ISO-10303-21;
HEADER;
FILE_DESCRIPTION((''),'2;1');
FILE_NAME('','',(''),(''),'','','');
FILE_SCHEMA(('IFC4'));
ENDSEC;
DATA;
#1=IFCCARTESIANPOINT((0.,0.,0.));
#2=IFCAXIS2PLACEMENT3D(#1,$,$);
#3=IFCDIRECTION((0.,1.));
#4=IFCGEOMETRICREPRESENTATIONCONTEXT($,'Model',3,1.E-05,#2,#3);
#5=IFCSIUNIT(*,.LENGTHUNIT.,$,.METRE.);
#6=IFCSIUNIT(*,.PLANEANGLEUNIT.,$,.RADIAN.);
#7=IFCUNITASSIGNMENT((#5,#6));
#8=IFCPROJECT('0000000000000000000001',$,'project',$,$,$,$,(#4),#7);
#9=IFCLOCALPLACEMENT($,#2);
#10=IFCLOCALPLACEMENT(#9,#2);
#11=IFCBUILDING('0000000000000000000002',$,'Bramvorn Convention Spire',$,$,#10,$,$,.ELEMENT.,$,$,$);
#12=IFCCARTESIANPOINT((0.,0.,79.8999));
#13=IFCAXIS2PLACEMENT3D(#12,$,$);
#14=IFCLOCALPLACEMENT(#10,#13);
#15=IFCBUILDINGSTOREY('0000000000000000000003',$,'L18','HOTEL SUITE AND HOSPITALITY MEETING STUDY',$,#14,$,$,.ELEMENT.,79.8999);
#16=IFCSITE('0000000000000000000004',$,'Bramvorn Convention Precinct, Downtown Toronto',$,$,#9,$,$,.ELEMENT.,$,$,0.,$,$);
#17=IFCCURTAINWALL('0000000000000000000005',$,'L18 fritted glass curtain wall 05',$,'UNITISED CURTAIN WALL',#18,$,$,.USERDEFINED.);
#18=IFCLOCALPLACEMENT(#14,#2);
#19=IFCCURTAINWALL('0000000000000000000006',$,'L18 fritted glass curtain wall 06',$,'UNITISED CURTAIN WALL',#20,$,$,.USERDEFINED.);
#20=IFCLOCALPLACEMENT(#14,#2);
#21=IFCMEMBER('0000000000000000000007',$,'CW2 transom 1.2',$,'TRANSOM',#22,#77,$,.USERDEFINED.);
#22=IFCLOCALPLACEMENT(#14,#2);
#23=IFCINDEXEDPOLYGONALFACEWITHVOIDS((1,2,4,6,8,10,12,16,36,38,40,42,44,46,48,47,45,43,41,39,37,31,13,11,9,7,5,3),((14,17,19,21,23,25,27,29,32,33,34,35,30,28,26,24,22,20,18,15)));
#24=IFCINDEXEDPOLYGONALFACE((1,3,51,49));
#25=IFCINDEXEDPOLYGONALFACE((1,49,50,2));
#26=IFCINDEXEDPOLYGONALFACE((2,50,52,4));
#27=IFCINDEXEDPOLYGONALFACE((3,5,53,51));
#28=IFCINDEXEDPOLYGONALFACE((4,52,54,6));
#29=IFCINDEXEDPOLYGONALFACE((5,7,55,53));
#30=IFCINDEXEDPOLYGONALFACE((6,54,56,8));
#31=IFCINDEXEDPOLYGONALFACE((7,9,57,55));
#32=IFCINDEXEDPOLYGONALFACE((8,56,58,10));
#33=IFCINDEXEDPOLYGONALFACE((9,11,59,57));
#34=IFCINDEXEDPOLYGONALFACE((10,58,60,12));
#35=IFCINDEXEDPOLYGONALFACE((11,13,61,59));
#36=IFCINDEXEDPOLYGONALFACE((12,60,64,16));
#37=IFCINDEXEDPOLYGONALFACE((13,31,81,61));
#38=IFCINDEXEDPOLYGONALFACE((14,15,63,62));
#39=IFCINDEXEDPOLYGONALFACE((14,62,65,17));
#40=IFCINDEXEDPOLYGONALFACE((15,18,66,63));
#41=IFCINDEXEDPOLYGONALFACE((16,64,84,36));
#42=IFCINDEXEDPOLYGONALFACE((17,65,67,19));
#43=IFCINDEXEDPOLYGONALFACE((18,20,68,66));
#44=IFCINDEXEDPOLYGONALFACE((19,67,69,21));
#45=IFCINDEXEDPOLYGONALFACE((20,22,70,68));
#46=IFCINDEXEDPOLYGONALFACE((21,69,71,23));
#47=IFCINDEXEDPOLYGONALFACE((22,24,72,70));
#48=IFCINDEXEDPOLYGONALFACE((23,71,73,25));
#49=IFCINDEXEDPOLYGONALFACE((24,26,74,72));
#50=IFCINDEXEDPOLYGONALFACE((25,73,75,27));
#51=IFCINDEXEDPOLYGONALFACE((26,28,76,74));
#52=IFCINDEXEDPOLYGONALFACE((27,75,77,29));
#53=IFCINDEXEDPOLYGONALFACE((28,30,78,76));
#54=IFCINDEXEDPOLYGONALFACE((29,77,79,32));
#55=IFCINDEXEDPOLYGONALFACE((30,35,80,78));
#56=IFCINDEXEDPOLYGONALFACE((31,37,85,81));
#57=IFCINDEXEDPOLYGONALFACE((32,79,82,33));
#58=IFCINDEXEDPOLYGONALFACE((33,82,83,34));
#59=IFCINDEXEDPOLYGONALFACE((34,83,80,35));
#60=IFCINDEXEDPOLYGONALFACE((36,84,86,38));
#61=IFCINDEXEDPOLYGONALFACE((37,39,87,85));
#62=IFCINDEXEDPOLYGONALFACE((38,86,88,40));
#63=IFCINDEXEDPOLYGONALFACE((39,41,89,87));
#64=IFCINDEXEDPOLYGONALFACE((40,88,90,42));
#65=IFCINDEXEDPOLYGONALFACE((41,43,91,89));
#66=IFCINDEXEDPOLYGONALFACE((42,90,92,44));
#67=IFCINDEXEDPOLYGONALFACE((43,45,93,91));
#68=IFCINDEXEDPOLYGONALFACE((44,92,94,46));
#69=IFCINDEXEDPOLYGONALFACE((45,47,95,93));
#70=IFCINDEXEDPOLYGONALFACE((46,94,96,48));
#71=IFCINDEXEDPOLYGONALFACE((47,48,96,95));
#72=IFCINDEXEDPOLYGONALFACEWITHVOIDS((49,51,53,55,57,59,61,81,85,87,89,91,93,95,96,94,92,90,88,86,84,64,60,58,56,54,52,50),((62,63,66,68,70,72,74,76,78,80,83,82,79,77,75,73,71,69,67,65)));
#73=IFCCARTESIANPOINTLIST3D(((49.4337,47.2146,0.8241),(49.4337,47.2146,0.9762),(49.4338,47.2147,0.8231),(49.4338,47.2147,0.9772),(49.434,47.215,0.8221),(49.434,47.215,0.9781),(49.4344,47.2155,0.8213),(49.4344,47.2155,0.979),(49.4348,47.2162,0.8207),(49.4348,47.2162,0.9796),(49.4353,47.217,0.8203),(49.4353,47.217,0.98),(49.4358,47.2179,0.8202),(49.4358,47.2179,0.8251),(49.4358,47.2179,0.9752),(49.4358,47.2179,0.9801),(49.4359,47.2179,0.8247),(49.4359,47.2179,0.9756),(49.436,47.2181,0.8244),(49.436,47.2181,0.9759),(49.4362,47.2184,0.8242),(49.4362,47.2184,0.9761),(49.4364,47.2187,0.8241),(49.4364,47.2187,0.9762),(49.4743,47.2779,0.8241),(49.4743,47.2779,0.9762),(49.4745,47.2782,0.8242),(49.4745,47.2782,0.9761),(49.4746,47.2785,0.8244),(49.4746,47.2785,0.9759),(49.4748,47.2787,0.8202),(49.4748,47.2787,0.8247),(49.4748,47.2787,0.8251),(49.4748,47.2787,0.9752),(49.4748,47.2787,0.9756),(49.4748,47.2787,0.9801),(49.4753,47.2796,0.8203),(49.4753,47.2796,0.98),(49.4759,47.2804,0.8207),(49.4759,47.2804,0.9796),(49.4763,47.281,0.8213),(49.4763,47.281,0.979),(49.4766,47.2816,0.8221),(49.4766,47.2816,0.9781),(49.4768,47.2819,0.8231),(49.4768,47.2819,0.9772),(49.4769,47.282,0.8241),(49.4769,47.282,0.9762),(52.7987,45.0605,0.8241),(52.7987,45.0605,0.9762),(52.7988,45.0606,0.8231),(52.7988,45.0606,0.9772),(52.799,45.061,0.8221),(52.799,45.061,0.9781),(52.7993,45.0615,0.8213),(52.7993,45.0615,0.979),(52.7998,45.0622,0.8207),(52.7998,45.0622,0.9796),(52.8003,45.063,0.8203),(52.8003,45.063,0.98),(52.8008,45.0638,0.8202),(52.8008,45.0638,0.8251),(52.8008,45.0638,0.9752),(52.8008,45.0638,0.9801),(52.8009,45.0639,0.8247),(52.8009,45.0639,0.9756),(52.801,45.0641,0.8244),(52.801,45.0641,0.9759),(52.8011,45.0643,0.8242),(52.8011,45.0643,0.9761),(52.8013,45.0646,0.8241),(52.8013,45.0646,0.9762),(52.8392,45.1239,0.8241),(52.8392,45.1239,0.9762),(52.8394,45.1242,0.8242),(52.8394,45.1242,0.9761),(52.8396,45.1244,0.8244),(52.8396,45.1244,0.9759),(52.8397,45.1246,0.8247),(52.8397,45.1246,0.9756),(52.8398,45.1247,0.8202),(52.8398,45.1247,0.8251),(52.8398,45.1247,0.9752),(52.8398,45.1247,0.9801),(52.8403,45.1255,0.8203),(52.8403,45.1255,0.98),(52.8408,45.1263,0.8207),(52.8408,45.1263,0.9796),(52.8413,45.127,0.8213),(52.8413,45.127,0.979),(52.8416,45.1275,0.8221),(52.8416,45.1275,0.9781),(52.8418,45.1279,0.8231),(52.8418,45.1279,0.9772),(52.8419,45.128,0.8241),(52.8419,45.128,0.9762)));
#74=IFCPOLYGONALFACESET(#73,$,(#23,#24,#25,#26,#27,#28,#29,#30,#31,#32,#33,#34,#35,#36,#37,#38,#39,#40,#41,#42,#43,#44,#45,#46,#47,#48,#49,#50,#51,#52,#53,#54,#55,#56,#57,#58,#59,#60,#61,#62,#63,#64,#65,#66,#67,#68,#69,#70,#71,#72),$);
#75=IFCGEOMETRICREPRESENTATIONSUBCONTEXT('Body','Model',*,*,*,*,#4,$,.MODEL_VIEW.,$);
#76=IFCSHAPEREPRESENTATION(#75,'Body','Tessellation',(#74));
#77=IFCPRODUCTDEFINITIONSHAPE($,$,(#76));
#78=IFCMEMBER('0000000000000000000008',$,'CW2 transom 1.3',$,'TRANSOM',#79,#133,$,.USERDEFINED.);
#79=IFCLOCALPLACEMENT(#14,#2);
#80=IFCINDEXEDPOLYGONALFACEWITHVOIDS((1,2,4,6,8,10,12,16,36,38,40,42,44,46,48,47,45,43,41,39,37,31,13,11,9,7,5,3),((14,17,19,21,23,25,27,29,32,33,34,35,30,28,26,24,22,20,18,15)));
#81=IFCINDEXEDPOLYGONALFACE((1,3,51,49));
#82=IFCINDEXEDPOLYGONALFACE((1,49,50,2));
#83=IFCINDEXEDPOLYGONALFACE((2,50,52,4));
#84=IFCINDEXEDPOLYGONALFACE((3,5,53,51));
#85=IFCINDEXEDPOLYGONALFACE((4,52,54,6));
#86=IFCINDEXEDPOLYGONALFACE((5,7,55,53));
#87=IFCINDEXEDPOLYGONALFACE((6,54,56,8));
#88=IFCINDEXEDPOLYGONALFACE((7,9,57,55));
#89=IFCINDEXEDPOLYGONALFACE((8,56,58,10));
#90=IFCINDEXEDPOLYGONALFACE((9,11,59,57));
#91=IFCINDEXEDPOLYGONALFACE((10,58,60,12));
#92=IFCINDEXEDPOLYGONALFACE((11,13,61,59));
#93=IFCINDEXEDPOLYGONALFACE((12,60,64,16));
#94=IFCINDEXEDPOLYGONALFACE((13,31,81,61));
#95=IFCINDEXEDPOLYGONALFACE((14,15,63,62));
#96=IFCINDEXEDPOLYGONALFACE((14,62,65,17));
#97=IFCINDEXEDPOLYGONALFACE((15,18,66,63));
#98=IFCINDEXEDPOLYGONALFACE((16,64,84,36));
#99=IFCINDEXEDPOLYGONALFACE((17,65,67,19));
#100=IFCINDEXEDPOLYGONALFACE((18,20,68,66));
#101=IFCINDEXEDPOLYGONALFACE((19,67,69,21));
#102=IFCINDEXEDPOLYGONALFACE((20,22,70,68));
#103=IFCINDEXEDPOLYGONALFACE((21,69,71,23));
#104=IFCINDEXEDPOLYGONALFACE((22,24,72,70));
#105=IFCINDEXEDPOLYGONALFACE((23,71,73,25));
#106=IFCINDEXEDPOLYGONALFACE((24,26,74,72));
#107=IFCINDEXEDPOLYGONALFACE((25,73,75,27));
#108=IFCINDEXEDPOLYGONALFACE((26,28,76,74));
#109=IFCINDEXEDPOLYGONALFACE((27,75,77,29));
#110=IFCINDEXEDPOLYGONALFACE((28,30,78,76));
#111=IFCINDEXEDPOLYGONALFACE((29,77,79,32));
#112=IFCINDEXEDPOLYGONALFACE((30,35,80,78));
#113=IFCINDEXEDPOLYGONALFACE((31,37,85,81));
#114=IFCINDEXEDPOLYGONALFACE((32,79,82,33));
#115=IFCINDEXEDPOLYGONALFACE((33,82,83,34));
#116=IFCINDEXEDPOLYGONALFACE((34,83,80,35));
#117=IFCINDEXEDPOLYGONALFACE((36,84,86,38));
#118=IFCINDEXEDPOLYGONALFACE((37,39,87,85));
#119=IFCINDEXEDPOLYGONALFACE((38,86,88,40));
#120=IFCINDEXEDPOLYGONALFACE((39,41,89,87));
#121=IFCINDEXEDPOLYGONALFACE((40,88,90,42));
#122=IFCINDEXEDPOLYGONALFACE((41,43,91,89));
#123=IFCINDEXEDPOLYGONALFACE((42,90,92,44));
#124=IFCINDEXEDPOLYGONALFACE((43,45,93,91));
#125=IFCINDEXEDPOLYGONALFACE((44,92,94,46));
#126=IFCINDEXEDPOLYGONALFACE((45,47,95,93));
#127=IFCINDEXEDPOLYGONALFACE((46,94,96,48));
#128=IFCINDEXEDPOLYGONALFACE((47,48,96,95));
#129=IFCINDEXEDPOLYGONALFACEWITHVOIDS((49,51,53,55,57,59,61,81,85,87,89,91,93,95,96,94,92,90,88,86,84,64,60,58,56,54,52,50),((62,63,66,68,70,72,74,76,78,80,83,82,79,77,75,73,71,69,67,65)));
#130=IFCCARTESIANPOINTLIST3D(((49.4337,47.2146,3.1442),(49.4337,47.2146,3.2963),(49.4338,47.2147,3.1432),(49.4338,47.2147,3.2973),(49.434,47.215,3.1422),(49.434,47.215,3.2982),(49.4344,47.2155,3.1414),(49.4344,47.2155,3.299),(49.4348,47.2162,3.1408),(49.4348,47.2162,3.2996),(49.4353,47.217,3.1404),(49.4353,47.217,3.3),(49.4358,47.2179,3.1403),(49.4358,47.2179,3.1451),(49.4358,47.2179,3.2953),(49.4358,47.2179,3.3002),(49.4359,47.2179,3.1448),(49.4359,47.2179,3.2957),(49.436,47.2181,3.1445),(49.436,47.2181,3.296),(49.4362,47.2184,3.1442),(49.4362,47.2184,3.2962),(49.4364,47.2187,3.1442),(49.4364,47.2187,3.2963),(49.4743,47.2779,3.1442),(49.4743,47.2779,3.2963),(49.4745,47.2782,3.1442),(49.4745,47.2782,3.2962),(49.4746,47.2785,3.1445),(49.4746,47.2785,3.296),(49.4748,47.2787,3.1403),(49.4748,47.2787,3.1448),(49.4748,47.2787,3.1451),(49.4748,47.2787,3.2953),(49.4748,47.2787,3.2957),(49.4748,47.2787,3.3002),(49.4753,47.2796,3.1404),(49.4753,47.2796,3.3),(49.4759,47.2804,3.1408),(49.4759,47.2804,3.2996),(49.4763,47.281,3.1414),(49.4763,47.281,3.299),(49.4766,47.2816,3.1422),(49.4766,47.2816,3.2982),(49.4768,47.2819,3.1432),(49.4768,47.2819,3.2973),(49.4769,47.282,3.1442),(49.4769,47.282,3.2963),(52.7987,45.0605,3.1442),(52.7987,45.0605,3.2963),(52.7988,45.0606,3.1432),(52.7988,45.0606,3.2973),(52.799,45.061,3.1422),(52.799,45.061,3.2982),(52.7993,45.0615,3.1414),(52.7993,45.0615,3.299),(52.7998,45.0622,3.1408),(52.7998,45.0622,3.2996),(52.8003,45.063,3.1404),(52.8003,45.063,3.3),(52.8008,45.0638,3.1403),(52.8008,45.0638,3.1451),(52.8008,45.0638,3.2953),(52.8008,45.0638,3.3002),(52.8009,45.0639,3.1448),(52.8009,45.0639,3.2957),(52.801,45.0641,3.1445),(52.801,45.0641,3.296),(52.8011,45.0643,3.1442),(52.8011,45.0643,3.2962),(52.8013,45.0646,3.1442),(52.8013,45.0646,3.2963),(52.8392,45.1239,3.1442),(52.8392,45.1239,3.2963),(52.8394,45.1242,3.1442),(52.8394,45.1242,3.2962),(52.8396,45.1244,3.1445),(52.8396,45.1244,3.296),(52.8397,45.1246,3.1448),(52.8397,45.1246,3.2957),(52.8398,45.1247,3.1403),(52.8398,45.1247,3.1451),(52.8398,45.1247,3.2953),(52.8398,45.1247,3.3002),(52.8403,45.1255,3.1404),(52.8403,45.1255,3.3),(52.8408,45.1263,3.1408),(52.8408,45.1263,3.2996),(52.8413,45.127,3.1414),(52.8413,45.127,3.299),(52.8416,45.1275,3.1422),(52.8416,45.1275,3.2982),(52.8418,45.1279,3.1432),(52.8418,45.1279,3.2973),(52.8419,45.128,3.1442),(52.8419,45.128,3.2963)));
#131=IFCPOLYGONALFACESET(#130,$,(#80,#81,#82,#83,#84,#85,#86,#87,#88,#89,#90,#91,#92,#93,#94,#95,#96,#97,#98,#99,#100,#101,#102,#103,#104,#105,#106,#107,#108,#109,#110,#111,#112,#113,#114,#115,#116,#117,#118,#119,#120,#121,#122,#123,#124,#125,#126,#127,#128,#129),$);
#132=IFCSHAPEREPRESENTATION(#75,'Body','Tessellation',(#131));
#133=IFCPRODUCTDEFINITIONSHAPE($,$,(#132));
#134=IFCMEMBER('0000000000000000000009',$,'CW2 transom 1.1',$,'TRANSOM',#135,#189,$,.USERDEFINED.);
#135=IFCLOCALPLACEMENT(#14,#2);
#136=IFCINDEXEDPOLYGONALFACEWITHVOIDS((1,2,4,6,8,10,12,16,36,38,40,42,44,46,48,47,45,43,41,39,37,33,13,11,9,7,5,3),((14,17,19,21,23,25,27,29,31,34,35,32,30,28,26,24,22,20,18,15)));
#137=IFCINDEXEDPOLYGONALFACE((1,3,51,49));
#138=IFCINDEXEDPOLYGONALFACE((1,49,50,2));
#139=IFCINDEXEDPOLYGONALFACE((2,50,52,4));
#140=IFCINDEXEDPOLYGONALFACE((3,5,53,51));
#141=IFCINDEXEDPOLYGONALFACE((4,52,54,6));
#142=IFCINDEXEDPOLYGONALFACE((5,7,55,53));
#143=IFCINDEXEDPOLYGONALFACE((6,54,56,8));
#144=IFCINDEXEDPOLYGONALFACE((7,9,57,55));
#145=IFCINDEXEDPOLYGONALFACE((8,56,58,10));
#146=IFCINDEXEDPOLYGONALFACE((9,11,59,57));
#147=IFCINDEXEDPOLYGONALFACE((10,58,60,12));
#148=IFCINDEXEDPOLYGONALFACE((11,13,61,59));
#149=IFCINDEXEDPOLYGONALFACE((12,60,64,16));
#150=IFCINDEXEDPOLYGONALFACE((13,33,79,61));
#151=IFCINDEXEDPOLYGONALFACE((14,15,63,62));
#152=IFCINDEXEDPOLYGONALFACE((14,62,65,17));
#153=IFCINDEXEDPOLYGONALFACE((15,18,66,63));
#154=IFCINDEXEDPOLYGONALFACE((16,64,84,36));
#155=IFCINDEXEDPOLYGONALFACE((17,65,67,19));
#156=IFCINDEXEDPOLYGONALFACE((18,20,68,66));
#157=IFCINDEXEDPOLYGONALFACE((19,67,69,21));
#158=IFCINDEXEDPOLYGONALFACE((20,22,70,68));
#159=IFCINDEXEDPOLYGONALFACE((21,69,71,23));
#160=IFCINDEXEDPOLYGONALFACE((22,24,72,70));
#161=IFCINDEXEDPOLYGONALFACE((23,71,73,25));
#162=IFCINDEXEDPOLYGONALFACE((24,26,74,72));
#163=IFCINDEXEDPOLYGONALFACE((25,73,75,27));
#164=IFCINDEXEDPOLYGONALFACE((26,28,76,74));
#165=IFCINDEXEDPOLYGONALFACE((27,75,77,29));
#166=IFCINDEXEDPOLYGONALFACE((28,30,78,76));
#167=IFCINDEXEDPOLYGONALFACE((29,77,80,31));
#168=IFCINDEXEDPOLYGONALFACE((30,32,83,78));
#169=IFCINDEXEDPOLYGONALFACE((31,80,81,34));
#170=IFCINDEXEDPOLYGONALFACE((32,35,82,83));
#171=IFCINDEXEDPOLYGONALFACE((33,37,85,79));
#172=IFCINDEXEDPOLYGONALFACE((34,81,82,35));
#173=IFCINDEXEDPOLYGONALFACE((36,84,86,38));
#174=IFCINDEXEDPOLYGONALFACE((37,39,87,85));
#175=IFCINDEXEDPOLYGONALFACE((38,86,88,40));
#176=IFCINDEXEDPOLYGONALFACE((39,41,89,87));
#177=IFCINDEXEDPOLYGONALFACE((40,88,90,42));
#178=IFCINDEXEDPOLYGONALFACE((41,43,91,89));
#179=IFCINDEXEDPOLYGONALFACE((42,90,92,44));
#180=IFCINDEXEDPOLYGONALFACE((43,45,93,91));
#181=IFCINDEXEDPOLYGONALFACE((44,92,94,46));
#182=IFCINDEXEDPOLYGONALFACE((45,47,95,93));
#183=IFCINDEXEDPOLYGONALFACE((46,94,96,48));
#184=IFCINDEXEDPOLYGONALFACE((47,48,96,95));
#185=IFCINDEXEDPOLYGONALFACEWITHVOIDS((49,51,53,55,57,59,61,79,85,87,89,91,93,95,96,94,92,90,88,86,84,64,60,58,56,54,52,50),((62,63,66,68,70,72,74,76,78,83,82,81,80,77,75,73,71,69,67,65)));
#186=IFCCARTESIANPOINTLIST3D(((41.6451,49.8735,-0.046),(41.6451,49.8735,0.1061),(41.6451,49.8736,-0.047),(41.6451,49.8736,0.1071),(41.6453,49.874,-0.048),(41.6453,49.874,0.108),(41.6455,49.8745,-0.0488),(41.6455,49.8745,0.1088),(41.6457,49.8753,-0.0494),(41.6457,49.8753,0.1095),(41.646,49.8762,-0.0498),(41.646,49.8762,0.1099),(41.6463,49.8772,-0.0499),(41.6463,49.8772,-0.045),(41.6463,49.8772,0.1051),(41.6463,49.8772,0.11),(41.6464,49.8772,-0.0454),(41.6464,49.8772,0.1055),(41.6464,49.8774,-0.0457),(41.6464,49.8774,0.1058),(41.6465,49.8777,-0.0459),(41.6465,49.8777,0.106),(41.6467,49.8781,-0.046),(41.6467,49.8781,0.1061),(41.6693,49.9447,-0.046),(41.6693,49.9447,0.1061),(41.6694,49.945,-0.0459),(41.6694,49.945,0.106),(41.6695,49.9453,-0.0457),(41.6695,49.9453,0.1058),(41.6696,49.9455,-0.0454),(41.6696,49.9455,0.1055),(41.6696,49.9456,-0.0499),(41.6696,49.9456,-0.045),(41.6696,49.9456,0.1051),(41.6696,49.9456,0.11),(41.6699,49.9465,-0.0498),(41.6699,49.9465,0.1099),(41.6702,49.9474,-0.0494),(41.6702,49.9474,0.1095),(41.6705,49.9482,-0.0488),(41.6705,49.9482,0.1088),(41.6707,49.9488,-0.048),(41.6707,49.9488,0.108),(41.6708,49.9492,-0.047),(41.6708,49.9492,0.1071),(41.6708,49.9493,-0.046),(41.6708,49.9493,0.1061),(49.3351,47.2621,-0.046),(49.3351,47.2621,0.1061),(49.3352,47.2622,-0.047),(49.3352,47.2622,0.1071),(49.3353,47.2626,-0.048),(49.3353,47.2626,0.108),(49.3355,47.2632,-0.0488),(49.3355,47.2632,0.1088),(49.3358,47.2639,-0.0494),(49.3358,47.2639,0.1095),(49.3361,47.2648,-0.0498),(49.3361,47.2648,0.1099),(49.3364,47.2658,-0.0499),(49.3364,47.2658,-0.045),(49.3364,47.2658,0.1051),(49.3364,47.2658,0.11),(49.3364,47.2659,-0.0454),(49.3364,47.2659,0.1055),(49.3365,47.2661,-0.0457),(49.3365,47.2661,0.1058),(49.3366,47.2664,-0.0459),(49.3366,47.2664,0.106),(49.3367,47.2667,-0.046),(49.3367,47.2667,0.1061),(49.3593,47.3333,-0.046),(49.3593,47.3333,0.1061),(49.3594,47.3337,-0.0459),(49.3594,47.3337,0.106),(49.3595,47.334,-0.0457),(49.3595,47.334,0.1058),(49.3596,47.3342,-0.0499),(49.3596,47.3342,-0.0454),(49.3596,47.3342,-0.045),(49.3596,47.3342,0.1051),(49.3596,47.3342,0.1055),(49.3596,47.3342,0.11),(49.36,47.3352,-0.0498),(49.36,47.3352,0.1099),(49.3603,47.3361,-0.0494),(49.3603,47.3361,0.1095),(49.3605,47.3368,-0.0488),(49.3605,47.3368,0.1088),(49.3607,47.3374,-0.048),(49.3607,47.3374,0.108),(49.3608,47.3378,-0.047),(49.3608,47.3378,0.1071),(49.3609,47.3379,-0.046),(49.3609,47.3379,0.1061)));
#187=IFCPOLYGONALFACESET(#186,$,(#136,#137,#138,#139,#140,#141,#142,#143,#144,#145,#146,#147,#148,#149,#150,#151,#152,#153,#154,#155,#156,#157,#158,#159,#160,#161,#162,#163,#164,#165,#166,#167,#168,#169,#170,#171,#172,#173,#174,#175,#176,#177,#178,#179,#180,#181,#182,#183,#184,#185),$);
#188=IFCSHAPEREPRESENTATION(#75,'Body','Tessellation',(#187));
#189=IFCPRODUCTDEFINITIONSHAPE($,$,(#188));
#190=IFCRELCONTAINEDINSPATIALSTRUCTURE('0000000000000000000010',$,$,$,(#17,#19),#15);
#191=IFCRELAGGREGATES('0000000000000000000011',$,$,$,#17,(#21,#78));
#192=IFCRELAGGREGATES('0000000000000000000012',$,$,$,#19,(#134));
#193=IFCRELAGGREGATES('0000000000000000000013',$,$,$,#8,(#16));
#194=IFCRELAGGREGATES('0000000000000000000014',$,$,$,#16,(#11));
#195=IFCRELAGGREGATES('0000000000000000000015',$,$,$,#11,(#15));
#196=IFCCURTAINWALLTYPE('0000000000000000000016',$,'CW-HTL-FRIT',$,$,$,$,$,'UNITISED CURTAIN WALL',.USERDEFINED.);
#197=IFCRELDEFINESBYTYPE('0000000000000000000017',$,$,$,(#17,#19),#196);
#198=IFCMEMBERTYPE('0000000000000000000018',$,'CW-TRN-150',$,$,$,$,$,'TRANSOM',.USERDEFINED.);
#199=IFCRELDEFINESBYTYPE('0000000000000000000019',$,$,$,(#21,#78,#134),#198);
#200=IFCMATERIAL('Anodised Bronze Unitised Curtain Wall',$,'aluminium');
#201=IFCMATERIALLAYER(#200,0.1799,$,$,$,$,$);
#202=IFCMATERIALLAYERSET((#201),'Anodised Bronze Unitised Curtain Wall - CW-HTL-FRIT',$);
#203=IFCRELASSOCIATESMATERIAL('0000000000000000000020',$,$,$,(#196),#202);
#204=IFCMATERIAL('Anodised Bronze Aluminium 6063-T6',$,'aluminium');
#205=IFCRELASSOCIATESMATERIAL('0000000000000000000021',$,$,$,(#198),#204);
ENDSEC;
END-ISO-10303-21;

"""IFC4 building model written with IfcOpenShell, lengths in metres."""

from ifc_helpers import new_model, si_unit, direction, frame, origin, origin_2d, place, context, subcontext, project, spatial, hollow_rectangle, extrude, material, layer, layer_set, material_profile, profile_set, type_object, element, aggregate, save


model = new_model("IFC4")

# Units and contexts
model_context = context("Model", 3, precision=1e-05, world=origin(), true_north=direction((0.0, 1.0)))
body_context = subcontext(model_context, "Body", "Model", "MODEL_VIEW")
ifc_project = project(units=[si_unit("LENGTHUNIT", "METRE"), si_unit("PLANEANGLEUNIT", "RADIAN")], contexts=[model_context])

# Site, building, storey
site_placement = place(None, origin())
site = spatial("IfcSite", under=ifc_project, at=site_placement, Name="Bramvorn Convention Precinct, Downtown Toronto", CompositionType="ELEMENT", RefElevation=0.0)
building_placement = place(site_placement, origin())
building = spatial("IfcBuilding", under=site, at=building_placement, Name="Bramvorn Convention Spire", CompositionType="ELEMENT")
storey_placement = place(building_placement, frame((0.0, 0.0, 79.8999)))
storey = spatial("IfcBuildingStorey", under=building, at=storey_placement, Name="L18", Description="HOTEL SUITE AND HOSPITALITY MEETING STUDY", CompositionType="ELEMENT", Elevation=79.8999)

# Curtain wall
ifc_material_1 = material(Name="Anodised Bronze Unitised Curtain Wall", Category="aluminium")
ifc_layer_1 = layer(ifc_material_1, 0.1799)
ifc_layer_set_1 = layer_set([ifc_layer_1], Name="Anodised Bronze Unitised Curtain Wall - CW-HTL-FRIT")
curtain_wall_type = type_object("IfcCurtainWallType", Name="CW-HTL-FRIT", ElementType="UNITISED CURTAIN WALL", PredefinedType="USERDEFINED", material=ifc_layer_set_1)
curtain_wall_1_placement = place(storey_placement, origin())
curtain_wall_1 = element("IfcCurtainWall", 1, at=curtain_wall_1_placement, inside=storey, type_object=curtain_wall_type, Name="L18 fritted glass curtain wall 05", ObjectType="UNITISED CURTAIN WALL", PredefinedType="USERDEFINED")
ifc_material_2 = material(Name="Anodised Bronze Aluminium 6063-T6", Category="aluminium")

# Curtain wall
curtain_wall_2_placement = place(storey_placement, origin())
curtain_wall_2 = element("IfcCurtainWall", 2, at=curtain_wall_2_placement, inside=storey, type_object=curtain_wall_type, Name="L18 fritted glass curtain wall 06", ObjectType="UNITISED CURTAIN WALL", PredefinedType="USERDEFINED")

# Members
ifc_material_profile_1 = material_profile(ifc_material_2, hollow_rectangle(XDim=0.0801, YDim=0.1599, WallThickness=0.0039, InnerFilletRadius=0.001, OuterFilletRadius=0.0039, at=origin_2d()))
ifc_profile_set_1 = profile_set([ifc_material_profile_1], Name="Anodised Bronze Aluminium 6063-T6 - CWT80X160")
member_type_1 = type_object("IfcMemberType", Name="CW-TRN-150", ElementType="TRANSOM", PredefinedType="USERDEFINED", material=ifc_profile_set_1)
member_1_placement = place(storey_placement, frame((49.4553, 47.2483, 0.9001), z_axis=(0.842219, -0.539135, 0.0), x_axis=(0.539135, 0.842219, 0.0)))
member_1 = element("IfcMember", 3, at=member_1_placement, type_object=member_type_1, Name="CW2 transom 1.2", ObjectType="TRANSOM", PredefinedType="USERDEFINED", context=body_context, shape_type="SweptSolid", body=[
    extrude(hollow_rectangle(XDim=0.0801, YDim=0.1599, WallThickness=0.0039, InnerFilletRadius=0.001, OuterFilletRadius=0.0039, at=origin_2d()), origin(), (0.0, 0.0, 1.0), 3.9954),
])
member_2_placement = place(storey_placement, frame((49.4553, 47.2483, 3.2202), z_axis=(0.842219, -0.539135, 0.0), x_axis=(0.539135, 0.842219, 0.0)))
member_2 = element("IfcMember", 4, at=member_2_placement, type_object=member_type_1, Name="CW2 transom 1.3", ObjectType="TRANSOM", PredefinedType="USERDEFINED", context=body_context, shape_type="SweptSolid", body=[
    extrude(hollow_rectangle(XDim=0.0801, YDim=0.1599, WallThickness=0.0039, InnerFilletRadius=0.001, OuterFilletRadius=0.0039, at=origin_2d()), origin(), (0.0, 0.0, 1.0), 3.9954),
])
member_3_placement = place(storey_placement, frame((41.658, 49.9114, 0.03), z_axis=(0.946895, -0.321544, 0.0), x_axis=(0.321544, 0.946895, 0.0)))
member_3 = element("IfcMember", 5, at=member_3_placement, type_object=member_type_1, Name="CW2 transom 1.1", ObjectType="TRANSOM", PredefinedType="USERDEFINED", context=body_context, shape_type="SweptSolid", body=[
    extrude(hollow_rectangle(XDim=0.0801, YDim=0.1599, WallThickness=0.0039, InnerFilletRadius=0.001, OuterFilletRadius=0.0039, at=origin_2d()), origin(), (0.0, 0.0, 1.0), 8.1213),
])

aggregate(curtain_wall_1, [member_1, member_2])
aggregate(curtain_wall_2, [member_3])

save(model, "model.ifc")
